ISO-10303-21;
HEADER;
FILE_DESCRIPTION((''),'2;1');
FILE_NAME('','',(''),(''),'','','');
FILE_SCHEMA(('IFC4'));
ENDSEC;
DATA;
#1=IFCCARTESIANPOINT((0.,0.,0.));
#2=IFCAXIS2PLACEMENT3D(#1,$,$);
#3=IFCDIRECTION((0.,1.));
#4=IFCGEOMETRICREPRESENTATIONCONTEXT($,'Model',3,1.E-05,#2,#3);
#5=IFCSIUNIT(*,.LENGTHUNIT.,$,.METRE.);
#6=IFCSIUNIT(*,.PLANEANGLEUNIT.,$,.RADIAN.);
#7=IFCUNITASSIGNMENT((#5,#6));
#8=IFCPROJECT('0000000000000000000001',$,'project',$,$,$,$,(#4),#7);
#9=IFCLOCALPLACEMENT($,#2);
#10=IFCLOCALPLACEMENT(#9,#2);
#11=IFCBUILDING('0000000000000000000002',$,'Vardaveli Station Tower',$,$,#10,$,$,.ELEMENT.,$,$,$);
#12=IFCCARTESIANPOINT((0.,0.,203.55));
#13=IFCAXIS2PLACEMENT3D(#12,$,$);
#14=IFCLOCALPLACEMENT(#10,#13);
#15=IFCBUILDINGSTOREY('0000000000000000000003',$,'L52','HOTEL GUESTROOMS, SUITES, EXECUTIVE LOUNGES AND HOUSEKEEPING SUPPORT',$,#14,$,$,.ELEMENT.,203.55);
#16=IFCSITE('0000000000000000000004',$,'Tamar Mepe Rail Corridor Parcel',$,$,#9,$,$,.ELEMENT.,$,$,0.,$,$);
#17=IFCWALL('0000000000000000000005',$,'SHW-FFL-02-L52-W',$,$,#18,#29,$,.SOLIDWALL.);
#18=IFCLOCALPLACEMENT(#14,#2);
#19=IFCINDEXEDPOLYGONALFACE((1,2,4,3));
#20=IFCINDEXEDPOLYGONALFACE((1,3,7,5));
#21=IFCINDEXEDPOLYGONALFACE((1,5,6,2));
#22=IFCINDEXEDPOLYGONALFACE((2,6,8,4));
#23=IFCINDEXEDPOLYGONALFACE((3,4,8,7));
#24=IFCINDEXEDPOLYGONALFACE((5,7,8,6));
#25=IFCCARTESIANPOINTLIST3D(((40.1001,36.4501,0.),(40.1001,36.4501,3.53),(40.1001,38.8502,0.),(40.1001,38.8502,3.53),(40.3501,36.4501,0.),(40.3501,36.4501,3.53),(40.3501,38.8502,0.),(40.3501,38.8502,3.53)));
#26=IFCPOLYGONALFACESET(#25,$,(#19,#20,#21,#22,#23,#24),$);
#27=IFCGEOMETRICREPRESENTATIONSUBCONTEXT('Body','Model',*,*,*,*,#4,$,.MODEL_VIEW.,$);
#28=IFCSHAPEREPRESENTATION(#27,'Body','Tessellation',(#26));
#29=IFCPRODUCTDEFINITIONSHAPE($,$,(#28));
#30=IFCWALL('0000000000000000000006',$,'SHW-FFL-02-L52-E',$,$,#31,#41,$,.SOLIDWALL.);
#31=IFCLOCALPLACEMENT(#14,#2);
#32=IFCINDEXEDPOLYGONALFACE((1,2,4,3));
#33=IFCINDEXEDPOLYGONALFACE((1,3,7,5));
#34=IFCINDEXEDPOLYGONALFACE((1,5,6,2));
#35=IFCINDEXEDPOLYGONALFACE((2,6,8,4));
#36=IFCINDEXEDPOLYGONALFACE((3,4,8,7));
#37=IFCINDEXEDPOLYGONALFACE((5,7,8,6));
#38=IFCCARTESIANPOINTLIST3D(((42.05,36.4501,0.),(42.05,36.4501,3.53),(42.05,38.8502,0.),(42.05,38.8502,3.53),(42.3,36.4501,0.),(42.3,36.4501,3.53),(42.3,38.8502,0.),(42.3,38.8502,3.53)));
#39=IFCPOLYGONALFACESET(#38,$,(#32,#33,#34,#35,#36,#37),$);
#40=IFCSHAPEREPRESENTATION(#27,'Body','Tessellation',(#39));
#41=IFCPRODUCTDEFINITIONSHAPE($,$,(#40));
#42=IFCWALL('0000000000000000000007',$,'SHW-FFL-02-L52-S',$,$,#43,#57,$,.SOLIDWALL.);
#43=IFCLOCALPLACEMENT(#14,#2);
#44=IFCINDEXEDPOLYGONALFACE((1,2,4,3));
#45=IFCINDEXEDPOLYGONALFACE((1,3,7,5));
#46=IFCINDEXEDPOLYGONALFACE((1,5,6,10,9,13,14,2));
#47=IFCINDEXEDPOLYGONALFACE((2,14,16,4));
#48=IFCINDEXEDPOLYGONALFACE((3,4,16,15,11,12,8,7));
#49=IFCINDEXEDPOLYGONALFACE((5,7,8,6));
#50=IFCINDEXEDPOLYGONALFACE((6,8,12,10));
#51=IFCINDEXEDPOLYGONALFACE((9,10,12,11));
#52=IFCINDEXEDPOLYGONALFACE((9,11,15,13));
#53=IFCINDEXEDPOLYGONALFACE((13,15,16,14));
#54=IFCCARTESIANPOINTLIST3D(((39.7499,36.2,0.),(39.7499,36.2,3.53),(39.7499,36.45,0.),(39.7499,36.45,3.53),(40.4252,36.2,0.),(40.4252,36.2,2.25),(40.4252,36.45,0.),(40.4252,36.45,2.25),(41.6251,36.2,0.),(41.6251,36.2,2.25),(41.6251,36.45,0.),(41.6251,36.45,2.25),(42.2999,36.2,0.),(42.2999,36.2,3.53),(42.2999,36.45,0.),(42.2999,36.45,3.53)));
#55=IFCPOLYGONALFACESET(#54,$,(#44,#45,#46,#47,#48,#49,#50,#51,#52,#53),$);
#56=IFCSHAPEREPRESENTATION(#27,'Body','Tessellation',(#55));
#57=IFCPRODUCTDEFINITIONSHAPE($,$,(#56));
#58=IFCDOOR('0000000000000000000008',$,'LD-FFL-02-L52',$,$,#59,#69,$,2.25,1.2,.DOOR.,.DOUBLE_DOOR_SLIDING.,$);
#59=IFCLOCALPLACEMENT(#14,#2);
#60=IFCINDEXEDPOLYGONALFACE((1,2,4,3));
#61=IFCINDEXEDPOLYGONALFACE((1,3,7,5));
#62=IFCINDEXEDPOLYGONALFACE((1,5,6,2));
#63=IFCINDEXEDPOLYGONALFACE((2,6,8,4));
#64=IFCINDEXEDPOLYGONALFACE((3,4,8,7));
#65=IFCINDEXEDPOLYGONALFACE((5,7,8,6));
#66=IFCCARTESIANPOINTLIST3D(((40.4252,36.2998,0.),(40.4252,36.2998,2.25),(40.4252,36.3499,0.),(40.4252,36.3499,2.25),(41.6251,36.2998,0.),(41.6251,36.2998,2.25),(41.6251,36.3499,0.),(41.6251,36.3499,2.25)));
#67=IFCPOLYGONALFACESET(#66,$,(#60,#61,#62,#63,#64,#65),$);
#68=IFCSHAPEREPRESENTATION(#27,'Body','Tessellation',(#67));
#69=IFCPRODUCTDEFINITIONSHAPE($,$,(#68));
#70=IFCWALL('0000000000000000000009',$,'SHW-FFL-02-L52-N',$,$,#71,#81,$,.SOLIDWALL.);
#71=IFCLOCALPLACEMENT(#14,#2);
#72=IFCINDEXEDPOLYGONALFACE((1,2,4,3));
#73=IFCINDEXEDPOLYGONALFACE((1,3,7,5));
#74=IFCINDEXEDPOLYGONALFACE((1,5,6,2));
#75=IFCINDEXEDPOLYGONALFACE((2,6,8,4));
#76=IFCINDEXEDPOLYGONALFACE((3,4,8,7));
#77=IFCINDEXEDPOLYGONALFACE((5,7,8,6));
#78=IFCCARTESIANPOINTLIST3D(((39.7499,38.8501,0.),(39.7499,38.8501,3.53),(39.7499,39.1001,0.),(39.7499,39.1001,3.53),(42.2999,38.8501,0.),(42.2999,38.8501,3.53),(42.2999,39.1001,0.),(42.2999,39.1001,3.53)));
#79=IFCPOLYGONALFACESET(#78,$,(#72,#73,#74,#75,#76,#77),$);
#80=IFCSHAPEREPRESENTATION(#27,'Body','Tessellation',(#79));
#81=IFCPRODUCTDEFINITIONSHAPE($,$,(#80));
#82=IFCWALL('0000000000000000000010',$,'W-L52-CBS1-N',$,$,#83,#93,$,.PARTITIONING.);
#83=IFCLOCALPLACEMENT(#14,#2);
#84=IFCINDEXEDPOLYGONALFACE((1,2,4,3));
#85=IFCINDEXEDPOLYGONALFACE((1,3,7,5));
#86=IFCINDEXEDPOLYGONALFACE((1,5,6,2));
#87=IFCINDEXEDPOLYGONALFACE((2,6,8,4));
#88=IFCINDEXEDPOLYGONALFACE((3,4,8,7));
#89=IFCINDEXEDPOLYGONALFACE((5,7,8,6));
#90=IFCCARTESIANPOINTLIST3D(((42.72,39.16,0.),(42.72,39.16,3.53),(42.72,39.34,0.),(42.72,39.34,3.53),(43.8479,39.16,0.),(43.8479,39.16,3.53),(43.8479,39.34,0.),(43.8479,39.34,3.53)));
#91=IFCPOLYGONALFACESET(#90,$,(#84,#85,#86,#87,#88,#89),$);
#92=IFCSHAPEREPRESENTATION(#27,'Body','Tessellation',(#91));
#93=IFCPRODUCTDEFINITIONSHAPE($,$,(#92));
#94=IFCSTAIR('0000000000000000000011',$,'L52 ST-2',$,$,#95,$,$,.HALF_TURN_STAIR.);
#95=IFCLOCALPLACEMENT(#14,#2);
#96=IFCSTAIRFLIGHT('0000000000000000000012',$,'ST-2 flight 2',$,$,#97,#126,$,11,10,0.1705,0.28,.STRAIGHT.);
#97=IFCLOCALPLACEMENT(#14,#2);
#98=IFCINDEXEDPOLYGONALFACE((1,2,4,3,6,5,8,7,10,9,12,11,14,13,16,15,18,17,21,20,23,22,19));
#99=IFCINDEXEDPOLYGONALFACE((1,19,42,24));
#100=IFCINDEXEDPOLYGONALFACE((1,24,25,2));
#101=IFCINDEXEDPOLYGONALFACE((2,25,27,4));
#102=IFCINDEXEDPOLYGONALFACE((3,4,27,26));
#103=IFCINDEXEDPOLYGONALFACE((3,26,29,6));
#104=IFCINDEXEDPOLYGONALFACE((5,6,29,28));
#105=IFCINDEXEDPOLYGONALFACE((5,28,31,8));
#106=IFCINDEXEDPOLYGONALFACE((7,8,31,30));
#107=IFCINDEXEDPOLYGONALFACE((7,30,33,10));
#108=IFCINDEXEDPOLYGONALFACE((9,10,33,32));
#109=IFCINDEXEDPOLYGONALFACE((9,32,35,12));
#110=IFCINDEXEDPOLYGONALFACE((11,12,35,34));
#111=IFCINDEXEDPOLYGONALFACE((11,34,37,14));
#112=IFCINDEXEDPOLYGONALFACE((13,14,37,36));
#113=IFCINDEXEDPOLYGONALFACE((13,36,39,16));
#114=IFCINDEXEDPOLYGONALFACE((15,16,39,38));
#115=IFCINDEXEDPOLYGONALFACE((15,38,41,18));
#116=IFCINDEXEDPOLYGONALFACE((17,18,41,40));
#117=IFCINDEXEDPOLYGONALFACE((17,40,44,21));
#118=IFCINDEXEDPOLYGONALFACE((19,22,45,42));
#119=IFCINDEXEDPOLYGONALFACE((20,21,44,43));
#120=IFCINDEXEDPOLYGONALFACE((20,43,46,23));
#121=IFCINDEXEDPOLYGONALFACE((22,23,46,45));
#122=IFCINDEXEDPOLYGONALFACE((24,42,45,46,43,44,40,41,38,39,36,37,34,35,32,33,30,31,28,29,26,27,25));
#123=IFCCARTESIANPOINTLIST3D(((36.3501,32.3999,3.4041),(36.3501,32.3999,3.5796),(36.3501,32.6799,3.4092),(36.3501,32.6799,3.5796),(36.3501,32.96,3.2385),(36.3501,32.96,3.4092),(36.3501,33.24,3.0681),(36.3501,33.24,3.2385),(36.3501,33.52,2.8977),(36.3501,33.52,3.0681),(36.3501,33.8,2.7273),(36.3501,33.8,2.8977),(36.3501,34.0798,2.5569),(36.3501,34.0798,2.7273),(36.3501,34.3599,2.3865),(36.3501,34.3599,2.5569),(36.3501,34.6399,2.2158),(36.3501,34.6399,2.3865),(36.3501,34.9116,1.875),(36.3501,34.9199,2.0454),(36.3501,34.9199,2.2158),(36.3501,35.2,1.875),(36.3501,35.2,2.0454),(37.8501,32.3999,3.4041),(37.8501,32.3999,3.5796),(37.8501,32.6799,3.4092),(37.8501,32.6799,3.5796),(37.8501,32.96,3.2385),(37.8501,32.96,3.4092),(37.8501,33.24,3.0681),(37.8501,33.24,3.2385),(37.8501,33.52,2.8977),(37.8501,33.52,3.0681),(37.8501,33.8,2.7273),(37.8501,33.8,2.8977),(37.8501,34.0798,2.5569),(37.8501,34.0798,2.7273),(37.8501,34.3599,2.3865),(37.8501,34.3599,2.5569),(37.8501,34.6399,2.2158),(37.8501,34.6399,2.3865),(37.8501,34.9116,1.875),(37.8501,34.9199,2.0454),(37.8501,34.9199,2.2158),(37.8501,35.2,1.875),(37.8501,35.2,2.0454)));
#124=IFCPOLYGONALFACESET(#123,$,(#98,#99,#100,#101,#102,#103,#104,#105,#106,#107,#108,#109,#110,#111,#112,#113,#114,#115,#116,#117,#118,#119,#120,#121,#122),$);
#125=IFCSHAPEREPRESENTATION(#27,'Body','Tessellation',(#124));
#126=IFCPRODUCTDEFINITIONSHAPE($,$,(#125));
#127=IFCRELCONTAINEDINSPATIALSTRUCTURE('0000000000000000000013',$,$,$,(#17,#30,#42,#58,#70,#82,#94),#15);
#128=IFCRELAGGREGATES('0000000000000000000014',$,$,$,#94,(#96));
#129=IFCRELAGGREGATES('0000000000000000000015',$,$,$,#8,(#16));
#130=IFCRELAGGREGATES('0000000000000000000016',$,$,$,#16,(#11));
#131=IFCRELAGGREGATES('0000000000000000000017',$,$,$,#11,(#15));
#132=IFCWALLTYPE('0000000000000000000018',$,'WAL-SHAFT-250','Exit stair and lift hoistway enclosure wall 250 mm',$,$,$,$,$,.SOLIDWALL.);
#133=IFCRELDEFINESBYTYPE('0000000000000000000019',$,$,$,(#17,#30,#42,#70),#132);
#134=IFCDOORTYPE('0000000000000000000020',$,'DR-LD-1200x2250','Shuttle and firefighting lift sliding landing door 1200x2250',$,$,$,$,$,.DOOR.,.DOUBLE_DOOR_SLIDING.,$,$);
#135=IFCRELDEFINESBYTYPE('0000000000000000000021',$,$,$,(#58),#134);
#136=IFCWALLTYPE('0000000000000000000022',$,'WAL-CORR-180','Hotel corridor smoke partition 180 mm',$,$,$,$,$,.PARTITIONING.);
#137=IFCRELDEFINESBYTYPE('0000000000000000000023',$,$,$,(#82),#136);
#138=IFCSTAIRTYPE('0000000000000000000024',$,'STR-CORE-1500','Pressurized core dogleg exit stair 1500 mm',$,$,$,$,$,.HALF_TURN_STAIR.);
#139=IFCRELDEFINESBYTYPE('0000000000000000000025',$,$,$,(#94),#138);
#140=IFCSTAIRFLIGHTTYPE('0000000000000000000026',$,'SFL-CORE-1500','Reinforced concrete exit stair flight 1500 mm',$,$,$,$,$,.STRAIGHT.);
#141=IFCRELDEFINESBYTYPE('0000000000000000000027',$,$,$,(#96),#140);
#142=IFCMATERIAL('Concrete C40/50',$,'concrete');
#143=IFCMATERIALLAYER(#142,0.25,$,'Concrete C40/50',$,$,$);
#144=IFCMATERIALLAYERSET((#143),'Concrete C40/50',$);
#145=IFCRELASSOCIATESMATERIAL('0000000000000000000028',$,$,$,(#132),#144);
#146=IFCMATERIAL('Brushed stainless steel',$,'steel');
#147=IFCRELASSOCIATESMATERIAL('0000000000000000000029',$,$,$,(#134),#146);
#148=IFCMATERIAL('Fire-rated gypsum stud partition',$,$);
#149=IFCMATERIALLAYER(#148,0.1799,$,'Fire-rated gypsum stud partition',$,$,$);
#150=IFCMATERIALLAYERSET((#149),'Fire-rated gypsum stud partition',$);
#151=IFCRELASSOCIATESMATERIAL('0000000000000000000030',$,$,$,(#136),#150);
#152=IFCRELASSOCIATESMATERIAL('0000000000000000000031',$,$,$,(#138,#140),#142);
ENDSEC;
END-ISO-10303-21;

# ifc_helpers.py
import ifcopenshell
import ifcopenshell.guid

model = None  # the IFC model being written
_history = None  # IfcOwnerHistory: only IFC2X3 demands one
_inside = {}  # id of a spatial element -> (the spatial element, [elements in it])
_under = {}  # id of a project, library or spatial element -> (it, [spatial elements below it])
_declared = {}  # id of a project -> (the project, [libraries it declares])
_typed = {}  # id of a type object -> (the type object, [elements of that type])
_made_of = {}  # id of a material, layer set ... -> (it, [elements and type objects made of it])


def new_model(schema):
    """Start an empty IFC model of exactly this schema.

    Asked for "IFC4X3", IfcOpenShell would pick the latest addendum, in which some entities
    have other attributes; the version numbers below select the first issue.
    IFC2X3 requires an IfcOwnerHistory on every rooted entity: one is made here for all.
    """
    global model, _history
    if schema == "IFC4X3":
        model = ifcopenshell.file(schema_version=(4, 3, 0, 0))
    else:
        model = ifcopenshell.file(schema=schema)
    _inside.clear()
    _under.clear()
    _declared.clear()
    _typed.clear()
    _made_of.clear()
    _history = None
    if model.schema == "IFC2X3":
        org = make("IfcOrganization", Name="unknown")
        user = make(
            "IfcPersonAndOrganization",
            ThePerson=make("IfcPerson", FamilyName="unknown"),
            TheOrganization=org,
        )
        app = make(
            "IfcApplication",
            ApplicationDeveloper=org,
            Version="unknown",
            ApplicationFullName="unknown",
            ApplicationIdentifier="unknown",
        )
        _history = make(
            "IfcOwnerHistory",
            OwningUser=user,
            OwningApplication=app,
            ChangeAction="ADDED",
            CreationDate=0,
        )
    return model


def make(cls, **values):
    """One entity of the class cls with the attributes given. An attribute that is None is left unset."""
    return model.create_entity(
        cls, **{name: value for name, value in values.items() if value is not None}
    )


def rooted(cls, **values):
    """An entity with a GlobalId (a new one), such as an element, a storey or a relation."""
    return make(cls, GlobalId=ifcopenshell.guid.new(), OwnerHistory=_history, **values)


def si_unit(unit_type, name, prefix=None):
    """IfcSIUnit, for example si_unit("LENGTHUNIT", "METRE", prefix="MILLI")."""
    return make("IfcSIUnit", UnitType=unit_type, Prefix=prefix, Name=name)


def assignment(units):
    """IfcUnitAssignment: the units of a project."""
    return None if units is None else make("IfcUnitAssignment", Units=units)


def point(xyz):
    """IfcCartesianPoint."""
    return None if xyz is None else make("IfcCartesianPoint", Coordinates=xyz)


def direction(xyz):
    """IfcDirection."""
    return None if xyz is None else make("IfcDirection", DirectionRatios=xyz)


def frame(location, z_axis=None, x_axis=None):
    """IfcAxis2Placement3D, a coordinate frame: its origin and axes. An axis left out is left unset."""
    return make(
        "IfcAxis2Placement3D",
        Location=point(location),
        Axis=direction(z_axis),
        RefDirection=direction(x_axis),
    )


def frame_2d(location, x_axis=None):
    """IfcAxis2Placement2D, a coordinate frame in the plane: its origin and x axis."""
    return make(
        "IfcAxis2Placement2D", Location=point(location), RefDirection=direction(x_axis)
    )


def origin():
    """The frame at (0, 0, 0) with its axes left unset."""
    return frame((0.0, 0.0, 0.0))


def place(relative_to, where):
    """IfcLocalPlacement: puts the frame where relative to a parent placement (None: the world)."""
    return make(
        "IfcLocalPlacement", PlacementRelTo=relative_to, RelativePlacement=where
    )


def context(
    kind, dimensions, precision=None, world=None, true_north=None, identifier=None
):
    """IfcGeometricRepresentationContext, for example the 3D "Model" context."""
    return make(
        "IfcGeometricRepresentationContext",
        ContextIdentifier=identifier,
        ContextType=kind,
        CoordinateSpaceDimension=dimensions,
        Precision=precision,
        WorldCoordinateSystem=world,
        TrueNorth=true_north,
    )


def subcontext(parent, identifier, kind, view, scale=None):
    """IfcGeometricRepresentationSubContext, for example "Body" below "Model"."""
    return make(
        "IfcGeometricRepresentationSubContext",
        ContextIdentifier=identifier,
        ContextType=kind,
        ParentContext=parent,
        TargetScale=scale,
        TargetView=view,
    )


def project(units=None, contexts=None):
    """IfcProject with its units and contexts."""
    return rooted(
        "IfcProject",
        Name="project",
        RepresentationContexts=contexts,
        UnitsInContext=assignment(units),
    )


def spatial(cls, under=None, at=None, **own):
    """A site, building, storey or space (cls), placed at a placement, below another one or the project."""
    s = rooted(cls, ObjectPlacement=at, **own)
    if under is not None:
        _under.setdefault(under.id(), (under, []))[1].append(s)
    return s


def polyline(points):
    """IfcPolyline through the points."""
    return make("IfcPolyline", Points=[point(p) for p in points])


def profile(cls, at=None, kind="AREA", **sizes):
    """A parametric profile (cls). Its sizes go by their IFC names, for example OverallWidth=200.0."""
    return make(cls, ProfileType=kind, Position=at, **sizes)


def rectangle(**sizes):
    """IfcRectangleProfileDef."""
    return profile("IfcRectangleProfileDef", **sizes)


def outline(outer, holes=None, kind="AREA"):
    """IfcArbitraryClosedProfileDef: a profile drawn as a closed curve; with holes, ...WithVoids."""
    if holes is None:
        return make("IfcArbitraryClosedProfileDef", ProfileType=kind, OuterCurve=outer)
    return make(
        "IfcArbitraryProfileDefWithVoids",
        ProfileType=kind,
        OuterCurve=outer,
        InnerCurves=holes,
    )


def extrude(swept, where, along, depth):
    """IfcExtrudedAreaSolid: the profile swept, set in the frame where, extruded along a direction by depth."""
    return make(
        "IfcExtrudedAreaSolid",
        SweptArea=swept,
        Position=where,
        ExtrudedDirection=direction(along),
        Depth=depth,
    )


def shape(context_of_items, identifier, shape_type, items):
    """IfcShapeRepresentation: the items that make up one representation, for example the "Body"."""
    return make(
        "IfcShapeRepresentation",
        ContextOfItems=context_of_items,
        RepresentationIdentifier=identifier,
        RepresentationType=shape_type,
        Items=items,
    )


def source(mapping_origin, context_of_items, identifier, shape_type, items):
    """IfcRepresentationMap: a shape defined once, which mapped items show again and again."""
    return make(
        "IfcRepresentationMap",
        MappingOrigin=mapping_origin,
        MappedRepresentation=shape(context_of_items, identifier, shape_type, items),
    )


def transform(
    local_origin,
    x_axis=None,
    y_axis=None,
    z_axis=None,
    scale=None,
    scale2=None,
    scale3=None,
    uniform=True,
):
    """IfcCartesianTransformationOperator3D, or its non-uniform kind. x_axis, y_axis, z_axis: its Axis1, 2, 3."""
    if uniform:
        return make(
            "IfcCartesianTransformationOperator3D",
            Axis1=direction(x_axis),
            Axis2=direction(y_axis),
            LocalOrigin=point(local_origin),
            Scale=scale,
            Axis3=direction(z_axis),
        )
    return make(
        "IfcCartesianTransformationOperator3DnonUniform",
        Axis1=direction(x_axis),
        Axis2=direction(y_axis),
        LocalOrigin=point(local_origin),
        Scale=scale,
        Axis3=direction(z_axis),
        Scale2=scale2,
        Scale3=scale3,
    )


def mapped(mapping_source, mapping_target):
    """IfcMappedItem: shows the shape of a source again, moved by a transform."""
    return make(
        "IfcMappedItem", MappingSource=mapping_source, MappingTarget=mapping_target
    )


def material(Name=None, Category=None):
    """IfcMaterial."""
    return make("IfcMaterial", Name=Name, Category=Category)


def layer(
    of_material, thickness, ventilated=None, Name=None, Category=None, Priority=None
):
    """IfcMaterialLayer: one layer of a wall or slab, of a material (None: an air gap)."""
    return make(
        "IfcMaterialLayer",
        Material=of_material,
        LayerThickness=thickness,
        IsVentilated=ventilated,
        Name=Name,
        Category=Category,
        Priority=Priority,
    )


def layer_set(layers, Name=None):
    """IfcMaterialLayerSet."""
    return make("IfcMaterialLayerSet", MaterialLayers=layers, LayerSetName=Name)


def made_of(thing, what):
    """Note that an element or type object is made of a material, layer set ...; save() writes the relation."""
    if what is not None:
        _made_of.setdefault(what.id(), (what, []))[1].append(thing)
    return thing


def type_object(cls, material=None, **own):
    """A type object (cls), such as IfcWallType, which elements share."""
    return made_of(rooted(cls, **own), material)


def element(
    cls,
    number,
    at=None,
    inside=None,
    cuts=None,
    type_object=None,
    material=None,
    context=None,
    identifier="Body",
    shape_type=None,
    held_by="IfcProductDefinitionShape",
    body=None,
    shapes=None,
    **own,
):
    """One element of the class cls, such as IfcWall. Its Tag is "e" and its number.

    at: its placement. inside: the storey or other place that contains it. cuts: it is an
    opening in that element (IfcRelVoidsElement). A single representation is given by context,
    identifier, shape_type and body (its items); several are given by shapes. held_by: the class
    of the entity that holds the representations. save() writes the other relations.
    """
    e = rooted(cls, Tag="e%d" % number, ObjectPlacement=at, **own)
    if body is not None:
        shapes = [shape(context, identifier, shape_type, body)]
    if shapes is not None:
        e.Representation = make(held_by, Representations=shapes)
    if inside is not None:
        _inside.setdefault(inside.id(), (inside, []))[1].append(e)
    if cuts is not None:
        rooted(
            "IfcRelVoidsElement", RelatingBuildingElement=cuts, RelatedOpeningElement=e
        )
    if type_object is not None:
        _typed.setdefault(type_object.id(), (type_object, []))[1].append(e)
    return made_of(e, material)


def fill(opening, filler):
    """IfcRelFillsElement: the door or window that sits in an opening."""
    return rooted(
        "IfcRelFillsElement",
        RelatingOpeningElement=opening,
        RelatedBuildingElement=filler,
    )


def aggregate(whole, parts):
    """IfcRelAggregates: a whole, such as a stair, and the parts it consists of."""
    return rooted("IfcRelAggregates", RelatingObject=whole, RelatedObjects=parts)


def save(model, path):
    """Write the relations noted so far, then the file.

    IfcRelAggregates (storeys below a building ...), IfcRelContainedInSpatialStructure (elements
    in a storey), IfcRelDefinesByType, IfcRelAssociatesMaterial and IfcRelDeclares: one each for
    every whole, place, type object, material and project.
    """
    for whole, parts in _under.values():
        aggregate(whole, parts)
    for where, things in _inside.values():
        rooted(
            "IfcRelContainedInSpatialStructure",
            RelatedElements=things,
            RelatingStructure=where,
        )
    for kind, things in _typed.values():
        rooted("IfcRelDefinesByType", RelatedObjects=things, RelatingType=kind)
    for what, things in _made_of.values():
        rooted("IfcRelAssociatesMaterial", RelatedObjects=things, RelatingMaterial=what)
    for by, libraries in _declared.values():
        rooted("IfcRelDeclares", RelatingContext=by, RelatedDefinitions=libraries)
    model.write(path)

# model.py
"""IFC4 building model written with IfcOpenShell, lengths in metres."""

from ifc_helpers import new_model, si_unit, direction, frame, frame_2d, origin, place, context, subcontext, project, spatial, polyline, rectangle, outline, extrude, source, transform, mapped, material, layer, layer_set, type_object, element, fill, aggregate, save


model = new_model("IFC4")

# Units and contexts
model_context = context("Model", 3, precision=1e-05, world=origin(), true_north=direction((0.0, 1.0)))
body_context = subcontext(model_context, "Body", "Model", "MODEL_VIEW")
ifc_project = project(units=[si_unit("LENGTHUNIT", "METRE"), si_unit("PLANEANGLEUNIT", "RADIAN")], contexts=[model_context])

# Site, building, storey
site_placement = place(None, origin())
site = spatial("IfcSite", under=ifc_project, at=site_placement, Name="Tamar Mepe Rail Corridor Parcel", CompositionType="ELEMENT", RefElevation=0.0)
building_placement = place(site_placement, origin())
building = spatial("IfcBuilding", under=site, at=building_placement, Name="Vardaveli Station Tower", CompositionType="ELEMENT")
storey_placement = place(building_placement, frame((0.0, 0.0, 203.55)))
storey = spatial("IfcBuildingStorey", under=building, at=storey_placement, Name="L52", Description="HOTEL GUESTROOMS, SUITES, EXECUTIVE LOUNGES AND HOUSEKEEPING SUPPORT", CompositionType="ELEMENT", Elevation=203.55)

# Walls
ifc_material_1 = material(Name="Concrete C40/50", Category="concrete")
ifc_layer_1 = layer(ifc_material_1, 0.25, Name="Concrete C40/50")
ifc_layer_set_1 = layer_set([ifc_layer_1], Name="Concrete C40/50")
wall_type_1 = type_object("IfcWallType", Name="WAL-SHAFT-250", Description="Exit stair and lift hoistway enclosure wall 250 mm", PredefinedType="SOLIDWALL", material=ifc_layer_set_1)
shared_shape_1 = source(origin(), body_context, "Body", "SweptSolid", [
    extrude(rectangle(XDim=2.4001, YDim=0.25, at=frame_2d((1.2002, 0.0))), origin(), (0.0, 0.0, 1.0), 3.53),
])
for number, where, z_axis, x_axis, name in (
    (1, (40.2251, 36.45, 0.0), (0.0, 0.0, 1.0), (0.0, 1.0, 0.0), "SHW-FFL-02-L52-W"),
    (2, (42.175, 36.45, 0.0), (0.0, 0.0, 1.0), (0.0, 1.0, 0.0), "SHW-FFL-02-L52-E"),
):
    element("IfcWall", number, at=place(storey_placement, frame(where, z_axis=z_axis, x_axis=x_axis)), inside=storey, type_object=wall_type_1, Name=name, PredefinedType="SOLIDWALL", context=body_context, shape_type="MappedRepresentation", body=[
        mapped(shared_shape_1, transform((0.0, 0.0, 0.0), scale=1.0)),
    ])

# Wall, opening, door
shared_shape_2 = source(origin(), body_context, "Body", "SweptSolid", [
    extrude(rectangle(XDim=2.55, YDim=0.25, at=frame_2d((1.2749, 0.0))), origin(), (0.0, 0.0, 1.0), 3.53),
])
wall_1_placement = place(storey_placement, frame((39.75, 36.325, 0.0), z_axis=(0.0, 0.0, 1.0), x_axis=(1.0, 0.0, 0.0)))
wall_1 = element("IfcWall", 3, at=wall_1_placement, inside=storey, type_object=wall_type_1, Name="SHW-FFL-02-L52-S", PredefinedType="SOLIDWALL", context=body_context, shape_type="MappedRepresentation", body=[
    mapped(shared_shape_2, transform((0.0, 0.0, 0.0), scale=1.0)),
])
shared_shape_3 = source(origin(), body_context, "Body", "SweptSolid", [
    extrude(rectangle(XDim=1.2, YDim=2.25, at=frame_2d((0.6001, 1.125))), frame((0.0, 0.135, 0.0), z_axis=(0.0, -1.0, 0.0), x_axis=(1.0, 0.0, 0.0)), (0.0, 0.0, 1.0), 0.27),
])
opening_placement = place(wall_1_placement, frame((0.675, 0.0, 0.0)))
opening = element("IfcOpeningElement", 4, at=opening_placement, cuts=wall_1, PredefinedType="OPENING", context=body_context, shape_type="MappedRepresentation", body=[
    mapped(shared_shape_3, transform((0.0, 0.0, 0.0), scale=1.0)),
])
ifc_material_2 = material(Name="Brushed stainless steel", Category="steel")
door_type = type_object("IfcDoorType", Name="DR-LD-1200x2250", Description="Shuttle and firefighting lift sliding landing door 1200x2250", OperationType="DOUBLE_DOOR_SLIDING", PredefinedType="DOOR", material=ifc_material_2)
shared_shape_4 = source(origin(), body_context, "Body", "SweptSolid", [
    extrude(rectangle(XDim=1.2, YDim=2.25, at=frame_2d((0.6001, 1.125))), frame((0.0, 0.0249, 0.0), z_axis=(0.0, -1.0, 0.0), x_axis=(1.0, 0.0, 0.0)), (0.0, 0.0, 1.0), 0.05),
])
door_placement = place(opening_placement, origin())
door = element("IfcDoor", 5, at=door_placement, inside=storey, type_object=door_type, Name="LD-FFL-02-L52", OperationType="DOUBLE_DOOR_SLIDING", OverallHeight=2.25, OverallWidth=1.2, PredefinedType="DOOR", context=body_context, shape_type="MappedRepresentation", body=[
    mapped(shared_shape_4, transform((0.0, 0.0, 0.0), scale=1.0)),
])
fill(opening, door)

# Walls
wall_2_placement = place(storey_placement, frame((39.75, 38.9751, 0.0), z_axis=(0.0, 0.0, 1.0), x_axis=(1.0, 0.0, 0.0)))
element("IfcWall", 6, at=wall_2_placement, inside=storey, type_object=wall_type_1, Name="SHW-FFL-02-L52-N", PredefinedType="SOLIDWALL", context=body_context, shape_type="MappedRepresentation", body=[
    mapped(shared_shape_2, transform((0.0, 0.0, 0.0), scale=1.0)),
])
ifc_material_3 = material(Name="Fire-rated gypsum stud partition")
ifc_layer_2 = layer(ifc_material_3, 0.1799, Name="Fire-rated gypsum stud partition")
ifc_layer_set_2 = layer_set([ifc_layer_2], Name="Fire-rated gypsum stud partition")
wall_type_2 = type_object("IfcWallType", Name="WAL-CORR-180", Description="Hotel corridor smoke partition 180 mm", PredefinedType="PARTITIONING", material=ifc_layer_set_2)
shared_shape_5 = source(origin(), body_context, "Body", "SweptSolid", [
    extrude(rectangle(XDim=1.1279, YDim=0.1799, at=frame_2d((0.564, 0.0))), origin(), (0.0, 0.0, 1.0), 3.53),
])
wall_3_placement = place(storey_placement, frame((42.72, 39.25, 0.0), z_axis=(0.0, 0.0, 1.0), x_axis=(1.0, 0.0, 0.0)))
element("IfcWall", 7, at=wall_3_placement, inside=storey, type_object=wall_type_2, Name="W-L52-CBS1-N", PredefinedType="PARTITIONING", context=body_context, shape_type="MappedRepresentation", body=[
    mapped(shared_shape_5, transform((0.0, 0.0, 0.0), scale=1.0)),
])

# Stair, stair flight
stair_type = type_object("IfcStairType", Name="STR-CORE-1500", Description="Pressurized core dogleg exit stair 1500 mm", PredefinedType="HALF_TURN_STAIR", material=ifc_material_1)
stair_placement = place(storey_placement, origin())
stair = element("IfcStair", 8, at=stair_placement, inside=storey, type_object=stair_type, Name="L52 ST-2", PredefinedType="HALF_TURN_STAIR")
stair_flight_type = type_object("IfcStairFlightType", Name="SFL-CORE-1500", Description="Reinforced concrete exit stair flight 1500 mm", PredefinedType="STRAIGHT", material=ifc_material_1)
shared_shape_6 = source(origin(), body_context, "Body", "SweptSolid", [
    extrude(outline(polyline([(0.0, 0.0), (0.0, 0.1704), (0.28, 0.1704), (0.28, 0.3408), (0.5601, 0.3408), (0.5601, 0.5115), (0.8401, 0.5115), (0.8401, 0.6819), (1.1201, 0.6819), (1.1201, 0.8523), (1.3999, 0.8523), (1.3999, 1.0227), (1.6799, 1.0227), (1.6799, 1.1931), (1.96, 1.1931), (1.96, 1.3635), (2.24, 1.3635), (2.24, 1.5342), (2.52, 1.5342), (2.52, 1.7046), (2.8, 1.7046), (2.8, 1.875), (2.8, 1.5291), (0.2883, 0.0), (0.0, 0.0)])), frame((0.0, 0.75, 0.0), z_axis=(0.0, -1.0, 0.0), x_axis=(1.0, 0.0, 0.0)), (0.0, 0.0, 1.0), 1.5),
])
stair_flight_placement = place(storey_placement, frame((37.1001, 35.2, 1.875), z_axis=(0.0, 0.0, 1.0), x_axis=(0.0, -1.0, 0.0)))
stair_flight = element("IfcStairFlight", 9, at=stair_flight_placement, type_object=stair_flight_type, Name="ST-2 flight 2", NumberOfRisers=11, NumberOfTreads=10, PredefinedType="STRAIGHT", RiserHeight=0.1705, TreadLength=0.28, context=body_context, shape_type="MappedRepresentation", body=[
    mapped(shared_shape_6, transform((0.0, 0.0, 0.0), scale=1.0)),
])
aggregate(stair, [stair_flight])

save(model, "model.ifc")
